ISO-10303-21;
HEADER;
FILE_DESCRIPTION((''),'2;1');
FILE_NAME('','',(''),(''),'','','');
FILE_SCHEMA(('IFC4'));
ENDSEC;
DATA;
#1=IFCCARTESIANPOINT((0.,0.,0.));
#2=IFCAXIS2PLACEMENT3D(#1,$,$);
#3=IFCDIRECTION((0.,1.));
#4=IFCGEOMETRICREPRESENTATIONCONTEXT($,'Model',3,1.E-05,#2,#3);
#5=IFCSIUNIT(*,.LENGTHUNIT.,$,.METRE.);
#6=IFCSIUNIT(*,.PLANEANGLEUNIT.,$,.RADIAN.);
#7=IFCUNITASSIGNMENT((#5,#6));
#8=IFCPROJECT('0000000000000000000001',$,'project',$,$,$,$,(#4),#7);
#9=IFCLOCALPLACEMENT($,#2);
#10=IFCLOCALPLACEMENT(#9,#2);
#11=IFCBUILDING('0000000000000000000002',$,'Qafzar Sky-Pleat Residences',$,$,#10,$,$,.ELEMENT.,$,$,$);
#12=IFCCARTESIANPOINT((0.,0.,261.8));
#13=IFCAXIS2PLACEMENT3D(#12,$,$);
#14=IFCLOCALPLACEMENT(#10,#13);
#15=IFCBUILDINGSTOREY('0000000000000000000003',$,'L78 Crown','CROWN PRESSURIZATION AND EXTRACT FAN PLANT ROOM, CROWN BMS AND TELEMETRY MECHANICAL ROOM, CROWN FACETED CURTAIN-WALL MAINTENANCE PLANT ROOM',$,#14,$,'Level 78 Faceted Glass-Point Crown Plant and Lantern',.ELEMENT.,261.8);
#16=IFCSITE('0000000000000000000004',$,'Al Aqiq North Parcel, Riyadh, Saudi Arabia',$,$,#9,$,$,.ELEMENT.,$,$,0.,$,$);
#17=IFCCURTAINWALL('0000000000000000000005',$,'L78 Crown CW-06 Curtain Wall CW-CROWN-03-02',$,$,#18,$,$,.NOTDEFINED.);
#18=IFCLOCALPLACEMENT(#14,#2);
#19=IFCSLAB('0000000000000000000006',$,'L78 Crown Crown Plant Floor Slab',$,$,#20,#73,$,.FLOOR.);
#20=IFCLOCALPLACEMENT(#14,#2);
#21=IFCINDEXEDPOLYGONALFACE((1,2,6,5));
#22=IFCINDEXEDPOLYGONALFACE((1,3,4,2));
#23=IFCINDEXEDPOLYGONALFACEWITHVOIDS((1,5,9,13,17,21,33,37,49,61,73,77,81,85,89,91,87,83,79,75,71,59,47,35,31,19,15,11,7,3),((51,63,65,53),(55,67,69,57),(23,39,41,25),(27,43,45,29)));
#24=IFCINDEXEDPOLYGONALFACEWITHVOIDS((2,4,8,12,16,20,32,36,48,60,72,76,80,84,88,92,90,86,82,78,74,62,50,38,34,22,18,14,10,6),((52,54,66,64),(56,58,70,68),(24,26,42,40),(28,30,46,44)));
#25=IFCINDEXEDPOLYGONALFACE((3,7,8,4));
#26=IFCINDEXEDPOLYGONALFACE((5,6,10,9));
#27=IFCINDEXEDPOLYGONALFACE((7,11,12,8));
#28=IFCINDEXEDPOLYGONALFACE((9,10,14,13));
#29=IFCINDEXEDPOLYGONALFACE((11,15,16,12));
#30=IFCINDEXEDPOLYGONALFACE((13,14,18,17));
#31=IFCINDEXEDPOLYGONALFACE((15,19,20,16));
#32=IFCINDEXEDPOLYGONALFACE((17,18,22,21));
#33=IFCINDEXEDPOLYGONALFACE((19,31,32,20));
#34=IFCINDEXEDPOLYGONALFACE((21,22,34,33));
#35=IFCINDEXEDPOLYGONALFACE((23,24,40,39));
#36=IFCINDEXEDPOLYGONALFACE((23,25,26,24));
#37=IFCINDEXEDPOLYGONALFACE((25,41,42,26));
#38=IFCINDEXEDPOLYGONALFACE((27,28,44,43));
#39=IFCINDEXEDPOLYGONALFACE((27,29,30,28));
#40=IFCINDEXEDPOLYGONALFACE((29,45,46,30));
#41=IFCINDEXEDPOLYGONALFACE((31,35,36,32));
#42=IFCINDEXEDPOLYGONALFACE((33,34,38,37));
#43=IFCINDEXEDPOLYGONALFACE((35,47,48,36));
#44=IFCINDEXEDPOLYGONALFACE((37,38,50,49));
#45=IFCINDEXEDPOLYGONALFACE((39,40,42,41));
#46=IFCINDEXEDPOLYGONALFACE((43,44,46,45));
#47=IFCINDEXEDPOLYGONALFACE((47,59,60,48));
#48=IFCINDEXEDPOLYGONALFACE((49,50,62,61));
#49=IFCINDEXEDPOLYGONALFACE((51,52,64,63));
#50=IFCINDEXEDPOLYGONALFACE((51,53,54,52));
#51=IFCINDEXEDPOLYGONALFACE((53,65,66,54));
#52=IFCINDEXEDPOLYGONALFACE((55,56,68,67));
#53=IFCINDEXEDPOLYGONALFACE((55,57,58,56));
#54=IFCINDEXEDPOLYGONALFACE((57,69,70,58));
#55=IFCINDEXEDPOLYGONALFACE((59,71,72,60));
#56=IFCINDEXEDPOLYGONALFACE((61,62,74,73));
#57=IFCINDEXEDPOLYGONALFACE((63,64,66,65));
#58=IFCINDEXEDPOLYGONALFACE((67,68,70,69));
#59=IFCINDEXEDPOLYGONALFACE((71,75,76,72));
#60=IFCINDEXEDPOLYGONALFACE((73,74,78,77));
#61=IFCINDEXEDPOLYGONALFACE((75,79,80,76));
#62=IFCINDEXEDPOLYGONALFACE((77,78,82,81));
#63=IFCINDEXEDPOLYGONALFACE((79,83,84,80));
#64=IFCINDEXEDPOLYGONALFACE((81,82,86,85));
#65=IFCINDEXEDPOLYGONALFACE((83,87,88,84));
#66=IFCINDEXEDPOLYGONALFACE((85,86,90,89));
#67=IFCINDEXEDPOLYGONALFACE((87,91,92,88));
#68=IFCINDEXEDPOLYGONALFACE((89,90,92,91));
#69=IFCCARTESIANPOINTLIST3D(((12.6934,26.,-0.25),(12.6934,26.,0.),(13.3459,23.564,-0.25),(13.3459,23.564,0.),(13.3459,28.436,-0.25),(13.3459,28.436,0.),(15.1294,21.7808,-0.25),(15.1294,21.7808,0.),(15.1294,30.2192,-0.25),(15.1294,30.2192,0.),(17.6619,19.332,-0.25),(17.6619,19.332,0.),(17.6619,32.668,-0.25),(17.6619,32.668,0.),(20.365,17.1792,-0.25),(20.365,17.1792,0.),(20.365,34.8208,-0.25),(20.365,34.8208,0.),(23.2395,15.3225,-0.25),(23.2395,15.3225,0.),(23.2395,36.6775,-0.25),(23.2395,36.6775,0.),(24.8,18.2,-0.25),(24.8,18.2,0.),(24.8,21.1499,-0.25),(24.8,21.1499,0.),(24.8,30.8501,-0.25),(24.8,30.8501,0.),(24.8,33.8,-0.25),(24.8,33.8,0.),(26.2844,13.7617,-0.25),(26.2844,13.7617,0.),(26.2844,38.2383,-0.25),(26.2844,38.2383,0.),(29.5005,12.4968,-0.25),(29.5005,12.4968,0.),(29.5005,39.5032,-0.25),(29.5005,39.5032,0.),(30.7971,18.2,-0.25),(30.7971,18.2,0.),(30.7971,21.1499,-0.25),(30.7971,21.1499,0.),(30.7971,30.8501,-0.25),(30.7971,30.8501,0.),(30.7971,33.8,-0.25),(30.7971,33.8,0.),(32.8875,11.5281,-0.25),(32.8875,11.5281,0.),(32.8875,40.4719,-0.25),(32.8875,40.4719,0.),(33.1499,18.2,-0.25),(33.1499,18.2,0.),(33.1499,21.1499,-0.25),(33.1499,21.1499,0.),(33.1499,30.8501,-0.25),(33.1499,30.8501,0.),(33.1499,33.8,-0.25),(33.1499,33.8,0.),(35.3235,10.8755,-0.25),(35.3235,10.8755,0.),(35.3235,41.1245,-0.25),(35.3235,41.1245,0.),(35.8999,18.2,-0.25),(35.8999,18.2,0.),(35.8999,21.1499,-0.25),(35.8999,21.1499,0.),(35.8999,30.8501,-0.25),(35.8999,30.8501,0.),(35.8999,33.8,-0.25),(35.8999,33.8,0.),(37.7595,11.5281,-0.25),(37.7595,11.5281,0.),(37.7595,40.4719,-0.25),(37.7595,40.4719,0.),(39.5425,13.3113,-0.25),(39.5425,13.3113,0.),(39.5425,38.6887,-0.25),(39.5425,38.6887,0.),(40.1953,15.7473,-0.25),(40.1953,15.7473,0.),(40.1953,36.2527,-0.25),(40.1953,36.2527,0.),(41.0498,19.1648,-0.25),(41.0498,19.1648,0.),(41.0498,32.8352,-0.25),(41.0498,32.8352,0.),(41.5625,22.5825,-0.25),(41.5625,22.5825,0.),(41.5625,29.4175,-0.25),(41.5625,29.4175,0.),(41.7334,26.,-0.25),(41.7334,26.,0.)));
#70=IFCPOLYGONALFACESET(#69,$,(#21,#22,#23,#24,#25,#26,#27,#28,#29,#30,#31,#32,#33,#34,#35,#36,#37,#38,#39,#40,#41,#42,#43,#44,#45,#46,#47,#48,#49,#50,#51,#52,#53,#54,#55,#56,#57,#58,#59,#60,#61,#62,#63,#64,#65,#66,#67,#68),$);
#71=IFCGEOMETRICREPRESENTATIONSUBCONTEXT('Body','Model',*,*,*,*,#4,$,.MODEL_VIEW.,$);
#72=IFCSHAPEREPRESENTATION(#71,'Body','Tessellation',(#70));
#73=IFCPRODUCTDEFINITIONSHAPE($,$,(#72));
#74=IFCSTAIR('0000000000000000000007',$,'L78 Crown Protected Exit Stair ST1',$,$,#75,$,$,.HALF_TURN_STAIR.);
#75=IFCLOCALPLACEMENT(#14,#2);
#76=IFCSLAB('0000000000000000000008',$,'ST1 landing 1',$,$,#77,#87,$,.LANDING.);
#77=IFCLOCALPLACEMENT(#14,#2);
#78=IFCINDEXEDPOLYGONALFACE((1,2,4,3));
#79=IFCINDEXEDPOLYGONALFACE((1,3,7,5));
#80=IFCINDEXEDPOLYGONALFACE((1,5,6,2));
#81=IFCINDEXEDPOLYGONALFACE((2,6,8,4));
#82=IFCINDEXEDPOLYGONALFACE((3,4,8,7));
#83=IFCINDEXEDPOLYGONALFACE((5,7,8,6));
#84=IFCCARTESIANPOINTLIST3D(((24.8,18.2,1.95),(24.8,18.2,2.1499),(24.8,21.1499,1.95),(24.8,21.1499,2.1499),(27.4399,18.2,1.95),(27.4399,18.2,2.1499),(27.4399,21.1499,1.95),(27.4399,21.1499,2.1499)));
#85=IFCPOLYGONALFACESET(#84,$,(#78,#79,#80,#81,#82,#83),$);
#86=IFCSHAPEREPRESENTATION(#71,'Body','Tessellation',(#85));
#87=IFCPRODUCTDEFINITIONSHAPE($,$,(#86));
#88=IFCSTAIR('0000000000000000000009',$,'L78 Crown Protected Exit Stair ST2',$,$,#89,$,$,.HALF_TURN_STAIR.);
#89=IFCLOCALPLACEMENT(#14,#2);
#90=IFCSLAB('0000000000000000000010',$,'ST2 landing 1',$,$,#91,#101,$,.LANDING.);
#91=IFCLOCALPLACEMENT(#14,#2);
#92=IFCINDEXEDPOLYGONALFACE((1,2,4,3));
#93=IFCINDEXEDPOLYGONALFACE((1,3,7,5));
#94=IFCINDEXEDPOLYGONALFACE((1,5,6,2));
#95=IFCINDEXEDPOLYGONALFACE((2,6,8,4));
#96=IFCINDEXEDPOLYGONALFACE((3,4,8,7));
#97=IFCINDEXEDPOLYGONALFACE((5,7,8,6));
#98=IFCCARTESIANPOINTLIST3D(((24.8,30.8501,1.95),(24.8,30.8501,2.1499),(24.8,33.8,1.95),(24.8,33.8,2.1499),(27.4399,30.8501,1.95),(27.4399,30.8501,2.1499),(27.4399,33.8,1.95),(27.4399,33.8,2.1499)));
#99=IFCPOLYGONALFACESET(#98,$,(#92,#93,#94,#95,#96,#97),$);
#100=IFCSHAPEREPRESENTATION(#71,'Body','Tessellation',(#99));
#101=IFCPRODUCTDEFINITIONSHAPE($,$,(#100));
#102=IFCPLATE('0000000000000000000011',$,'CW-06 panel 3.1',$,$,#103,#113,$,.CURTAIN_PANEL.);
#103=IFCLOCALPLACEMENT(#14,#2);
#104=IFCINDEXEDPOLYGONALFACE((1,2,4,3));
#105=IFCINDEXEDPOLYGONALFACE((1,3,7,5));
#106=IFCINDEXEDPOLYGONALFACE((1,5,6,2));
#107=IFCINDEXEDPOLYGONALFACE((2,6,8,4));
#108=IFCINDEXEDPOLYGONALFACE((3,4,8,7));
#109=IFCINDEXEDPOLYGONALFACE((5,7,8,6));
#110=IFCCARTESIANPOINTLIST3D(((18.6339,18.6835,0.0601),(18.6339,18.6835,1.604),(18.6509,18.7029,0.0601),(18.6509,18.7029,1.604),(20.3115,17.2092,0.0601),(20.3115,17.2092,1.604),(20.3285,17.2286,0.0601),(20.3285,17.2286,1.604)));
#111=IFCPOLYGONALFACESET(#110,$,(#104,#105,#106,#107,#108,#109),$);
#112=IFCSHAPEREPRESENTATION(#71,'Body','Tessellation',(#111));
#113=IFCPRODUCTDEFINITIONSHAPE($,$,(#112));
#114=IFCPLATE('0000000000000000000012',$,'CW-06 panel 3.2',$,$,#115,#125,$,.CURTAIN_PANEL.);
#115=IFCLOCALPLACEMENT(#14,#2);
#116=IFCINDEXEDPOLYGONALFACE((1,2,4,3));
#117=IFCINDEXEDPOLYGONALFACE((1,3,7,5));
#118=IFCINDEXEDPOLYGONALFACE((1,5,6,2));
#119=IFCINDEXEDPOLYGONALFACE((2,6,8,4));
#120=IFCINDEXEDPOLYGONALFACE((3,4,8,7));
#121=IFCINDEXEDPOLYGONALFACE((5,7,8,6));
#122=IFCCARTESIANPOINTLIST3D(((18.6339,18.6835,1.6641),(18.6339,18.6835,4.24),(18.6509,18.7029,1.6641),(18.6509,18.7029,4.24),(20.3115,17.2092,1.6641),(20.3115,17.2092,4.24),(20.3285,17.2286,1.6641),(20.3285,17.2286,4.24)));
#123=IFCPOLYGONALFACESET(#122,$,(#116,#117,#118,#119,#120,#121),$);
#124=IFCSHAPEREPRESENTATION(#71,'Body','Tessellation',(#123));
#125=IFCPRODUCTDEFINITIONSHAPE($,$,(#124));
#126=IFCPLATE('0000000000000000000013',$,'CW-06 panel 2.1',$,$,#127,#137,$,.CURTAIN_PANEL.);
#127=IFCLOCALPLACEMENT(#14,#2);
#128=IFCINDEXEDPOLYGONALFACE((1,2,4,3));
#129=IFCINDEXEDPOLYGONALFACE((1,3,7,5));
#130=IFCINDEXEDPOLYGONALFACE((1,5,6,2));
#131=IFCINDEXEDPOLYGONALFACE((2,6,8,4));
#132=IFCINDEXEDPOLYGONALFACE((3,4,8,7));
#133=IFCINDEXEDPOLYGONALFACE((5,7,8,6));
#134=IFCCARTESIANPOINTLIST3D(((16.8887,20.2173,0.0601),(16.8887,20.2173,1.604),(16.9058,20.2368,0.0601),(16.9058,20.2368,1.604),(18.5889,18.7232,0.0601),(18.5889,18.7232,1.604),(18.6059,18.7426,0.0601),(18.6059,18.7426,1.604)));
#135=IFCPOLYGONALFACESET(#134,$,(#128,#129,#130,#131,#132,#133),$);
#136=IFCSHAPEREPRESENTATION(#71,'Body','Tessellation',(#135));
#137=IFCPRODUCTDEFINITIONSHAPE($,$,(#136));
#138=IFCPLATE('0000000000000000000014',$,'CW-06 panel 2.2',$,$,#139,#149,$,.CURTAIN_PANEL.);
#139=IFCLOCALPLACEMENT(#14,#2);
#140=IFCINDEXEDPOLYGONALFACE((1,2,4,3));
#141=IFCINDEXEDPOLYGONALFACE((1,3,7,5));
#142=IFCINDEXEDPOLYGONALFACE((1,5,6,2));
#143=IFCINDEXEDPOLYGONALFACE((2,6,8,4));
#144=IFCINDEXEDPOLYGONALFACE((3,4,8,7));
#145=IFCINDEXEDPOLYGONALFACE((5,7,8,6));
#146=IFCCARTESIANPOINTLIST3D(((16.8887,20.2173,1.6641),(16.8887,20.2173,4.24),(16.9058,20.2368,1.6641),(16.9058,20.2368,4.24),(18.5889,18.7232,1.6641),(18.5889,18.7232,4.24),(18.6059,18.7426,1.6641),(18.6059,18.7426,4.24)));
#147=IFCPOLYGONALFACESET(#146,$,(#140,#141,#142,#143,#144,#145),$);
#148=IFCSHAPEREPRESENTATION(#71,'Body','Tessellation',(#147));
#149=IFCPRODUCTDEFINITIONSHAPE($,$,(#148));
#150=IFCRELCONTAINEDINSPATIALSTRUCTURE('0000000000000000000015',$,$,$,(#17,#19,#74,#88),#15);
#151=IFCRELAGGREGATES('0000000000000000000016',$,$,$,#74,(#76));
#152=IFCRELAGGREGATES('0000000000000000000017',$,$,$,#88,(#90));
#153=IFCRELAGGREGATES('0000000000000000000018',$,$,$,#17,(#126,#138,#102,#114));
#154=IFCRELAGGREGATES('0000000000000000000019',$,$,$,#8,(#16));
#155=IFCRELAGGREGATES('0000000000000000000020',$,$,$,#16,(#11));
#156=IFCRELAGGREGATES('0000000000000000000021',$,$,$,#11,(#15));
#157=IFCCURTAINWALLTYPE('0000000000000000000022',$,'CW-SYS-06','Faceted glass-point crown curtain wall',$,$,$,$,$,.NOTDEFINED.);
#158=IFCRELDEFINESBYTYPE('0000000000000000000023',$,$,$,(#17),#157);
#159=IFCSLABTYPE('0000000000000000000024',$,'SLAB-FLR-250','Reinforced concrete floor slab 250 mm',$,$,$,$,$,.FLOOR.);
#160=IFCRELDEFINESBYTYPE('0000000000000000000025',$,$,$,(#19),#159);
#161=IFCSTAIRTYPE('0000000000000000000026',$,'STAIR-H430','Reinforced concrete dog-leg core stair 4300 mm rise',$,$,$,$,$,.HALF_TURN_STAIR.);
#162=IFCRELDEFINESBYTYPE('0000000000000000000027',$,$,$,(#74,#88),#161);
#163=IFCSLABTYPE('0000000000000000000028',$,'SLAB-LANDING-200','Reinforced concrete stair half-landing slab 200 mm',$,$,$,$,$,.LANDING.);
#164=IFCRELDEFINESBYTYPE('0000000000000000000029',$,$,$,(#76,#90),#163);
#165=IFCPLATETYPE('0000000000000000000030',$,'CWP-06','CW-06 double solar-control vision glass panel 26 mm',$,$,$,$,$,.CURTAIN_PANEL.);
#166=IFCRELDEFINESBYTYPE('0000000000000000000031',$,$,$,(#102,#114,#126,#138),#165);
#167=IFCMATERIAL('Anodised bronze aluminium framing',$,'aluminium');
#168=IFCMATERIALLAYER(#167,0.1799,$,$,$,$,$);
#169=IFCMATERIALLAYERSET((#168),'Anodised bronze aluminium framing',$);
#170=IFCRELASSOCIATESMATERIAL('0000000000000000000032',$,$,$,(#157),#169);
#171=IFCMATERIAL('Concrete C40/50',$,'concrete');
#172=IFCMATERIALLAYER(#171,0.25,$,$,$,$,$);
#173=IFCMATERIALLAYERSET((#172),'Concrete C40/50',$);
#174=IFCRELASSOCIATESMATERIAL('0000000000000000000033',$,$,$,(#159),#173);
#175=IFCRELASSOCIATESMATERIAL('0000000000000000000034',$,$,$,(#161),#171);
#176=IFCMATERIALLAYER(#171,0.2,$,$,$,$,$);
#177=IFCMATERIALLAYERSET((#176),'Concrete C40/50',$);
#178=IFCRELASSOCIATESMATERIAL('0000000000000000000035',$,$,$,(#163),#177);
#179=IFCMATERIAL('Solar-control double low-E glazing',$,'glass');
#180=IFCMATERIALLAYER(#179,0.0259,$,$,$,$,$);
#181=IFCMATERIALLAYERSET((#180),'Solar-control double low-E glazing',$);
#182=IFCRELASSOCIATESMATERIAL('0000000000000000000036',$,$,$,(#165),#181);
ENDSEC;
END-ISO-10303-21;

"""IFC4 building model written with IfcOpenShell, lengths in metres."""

from ifc_helpers import new_model, si_unit, direction, frame, origin, origin_2d, place, context, subcontext, project, spatial, polyline, rectangle, outline, extrude, source, transform, mapped, material, layer, layer_set, type_object, element, aggregate, save


model = new_model("IFC4")

# Units and contexts
model_context = context("Model", 3, precision=1e-05, world=origin(), true_north=direction((0.0, 1.0)))
body_context = subcontext(model_context, "Body", "Model", "MODEL_VIEW")
ifc_project = project(units=[si_unit("LENGTHUNIT", "METRE"), si_unit("PLANEANGLEUNIT", "RADIAN")], contexts=[model_context])

# Site, building, storey
site_placement = place(None, origin())
site = spatial("IfcSite", under=ifc_project, at=site_placement, Name="Al Aqiq North Parcel, Riyadh, Saudi Arabia", CompositionType="ELEMENT", RefElevation=0.0)
building_placement = place(site_placement, origin())
building = spatial("IfcBuilding", under=site, at=building_placement, Name="Qafzar Sky-Pleat Residences", CompositionType="ELEMENT")
storey_placement = place(building_placement, frame((0.0, 0.0, 261.8)))
storey = spatial("IfcBuildingStorey", under=building, at=storey_placement, Name="L78 Crown", Description="CROWN PRESSURIZATION AND EXTRACT FAN PLANT ROOM, CROWN BMS AND TELEMETRY MECHANICAL ROOM, CROWN FACETED CURTAIN-WALL MAINTENANCE PLANT ROOM", LongName="Level 78 Faceted Glass-Point Crown Plant and Lantern", CompositionType="ELEMENT", Elevation=261.8)

# Curtain wall
ifc_material_1 = material(Name="Anodised bronze aluminium framing", Category="aluminium")
ifc_layer_1 = layer(ifc_material_1, 0.1799)
ifc_layer_set_1 = layer_set([ifc_layer_1], Name="Anodised bronze aluminium framing")
curtain_wall_type = type_object("IfcCurtainWallType", Name="CW-SYS-06", Description="Faceted glass-point crown curtain wall", PredefinedType="NOTDEFINED", material=ifc_layer_set_1)
curtain_wall_1_placement = place(storey_placement, origin())
curtain_wall_1 = element("IfcCurtainWall", 1, at=curtain_wall_1_placement, inside=storey, type_object=curtain_wall_type, Name="L78 Crown CW-06 Curtain Wall CW-CROWN-03-02", PredefinedType="NOTDEFINED")

# Slab
ifc_material_2 = material(Name="Concrete C40/50", Category="concrete")
ifc_layer_2 = layer(ifc_material_2, 0.25)
ifc_layer_set_2 = layer_set([ifc_layer_2], Name="Concrete C40/50")
slab_type_1 = type_object("IfcSlabType", Name="SLAB-FLR-250", Description="Reinforced concrete floor slab 250 mm", PredefinedType="FLOOR", material=ifc_layer_set_2)
slab_1_placement = place(storey_placement, frame((0.0, 0.0, -0.25)))
element("IfcSlab", 2, at=slab_1_placement, inside=storey, type_object=slab_type_1, Name="L78 Crown Crown Plant Floor Slab", PredefinedType="FLOOR", context=body_context, shape_type="SweptSolid", body=[
    extrude(outline(polyline([(15.1294, 30.2192), (13.3459, 28.436), (12.6934, 26.0), (13.3459, 23.564), (15.1294, 21.7808), (17.6619, 19.332), (20.365, 17.1792), (23.2395, 15.3225), (26.2844, 13.7617), (29.5005, 12.4968), (32.8875, 11.5281), (35.3235, 10.8755), (37.7595, 11.5281), (39.5425, 13.3113), (40.1953, 15.7473), (41.0498, 19.1648), (41.5625, 22.5825), (41.7334, 26.0), (41.5625, 29.4175), (41.0498, 32.8352), (40.1953, 36.2527), (39.5425, 38.6887), (37.7595, 40.4719), (35.3235, 41.1245), (32.8875, 40.4719), (29.5005, 39.5032), (26.2844, 38.2383), (23.2395, 36.6775), (20.365, 34.8208), (17.6619, 32.668), (15.1294, 30.2192)]), holes=[polyline([(30.7971, 21.1499), (24.8, 21.1499), (24.8, 18.2), (30.7971, 18.2), (30.7971, 21.1499)]), polyline([(30.7971, 33.8), (24.8, 33.8), (24.8, 30.8501), (30.7971, 30.8501), (30.7971, 33.8)]), polyline([(33.1499, 18.2), (35.8999, 18.2), (35.8999, 21.1499), (33.1499, 21.1499), (33.1499, 18.2)]), polyline([(33.1499, 30.8501), (35.8999, 30.8501), (35.8999, 33.8), (33.1499, 33.8), (33.1499, 30.8501)])]), origin(), (0.0, 0.0, 1.0), 0.25),
])

# Stairs, slabs
stair_type = type_object("IfcStairType", Name="STAIR-H430", Description="Reinforced concrete dog-leg core stair 4300 mm rise", PredefinedType="HALF_TURN_STAIR", material=ifc_material_2)
stair_1_placement = place(storey_placement, origin())
stair_1 = element("IfcStair", 3, at=stair_1_placement, inside=storey, type_object=stair_type, Name="L78 Crown Protected Exit Stair ST1", PredefinedType="HALF_TURN_STAIR")
ifc_layer_3 = layer(ifc_material_2, 0.2)
ifc_layer_set_3 = layer_set([ifc_layer_3], Name="Concrete C40/50")
slab_type_2 = type_object("IfcSlabType", Name="SLAB-LANDING-200", Description="Reinforced concrete stair half-landing slab 200 mm", PredefinedType="LANDING", material=ifc_layer_set_3)
slab_2_placement = place(storey_placement, frame((0.0, 0.0, 1.95)))
slab_2 = element("IfcSlab", 4, at=slab_2_placement, type_object=slab_type_2, Name="ST1 landing 1", PredefinedType="LANDING", context=body_context, shape_type="SweptSolid", body=[
    extrude(outline(polyline([(27.4399, 21.1499), (24.8, 21.1499), (24.8, 18.2), (27.4399, 18.2), (27.4399, 21.1499)])), origin(), (0.0, 0.0, 1.0), 0.2),
])
aggregate(stair_1, [slab_2])
stair_2_placement = place(storey_placement, origin())
stair_2 = element("IfcStair", 5, at=stair_2_placement, inside=storey, type_object=stair_type, Name="L78 Crown Protected Exit Stair ST2", PredefinedType="HALF_TURN_STAIR")
slab_3_placement = place(storey_placement, frame((0.0, 0.0, 1.95)))
slab_3 = element("IfcSlab", 6, at=slab_3_placement, type_object=slab_type_2, Name="ST2 landing 1", PredefinedType="LANDING", context=body_context, shape_type="SweptSolid", body=[
    extrude(outline(polyline([(27.4399, 33.8), (24.8, 33.8), (24.8, 30.8501), (27.4399, 30.8501), (27.4399, 33.8)])), origin(), (0.0, 0.0, 1.0), 0.2),
])
aggregate(stair_2, [slab_3])

# Plates
ifc_material_3 = material(Name="Solar-control double low-E glazing", Category="glass")
ifc_layer_4 = layer(ifc_material_3, 0.0259)
ifc_layer_set_4 = layer_set([ifc_layer_4], Name="Solar-control double low-E glazing")
plate_type = type_object("IfcPlateType", Name="CWP-06", Description="CW-06 double solar-control vision glass panel 26 mm", PredefinedType="CURTAIN_PANEL", material=ifc_layer_set_4)
shared_shape_1 = source(origin(), body_context, "Body", "SweptSolid", [
    extrude(rectangle(XDim=2.2334, YDim=0.0259, at=origin_2d()), origin(), (0.0, 0.0, 1.0), 1.5439),
])
plate_1_placement = place(storey_placement, frame((19.4812, 17.9561, 0.0601), z_axis=(0.0, 0.0, 1.0), x_axis=(0.751148, -0.660134, 0.0)))
plate_1 = element("IfcPlate", 7, at=plate_1_placement, type_object=plate_type, Name="CW-06 panel 3.1", PredefinedType="CURTAIN_PANEL", context=body_context, shape_type="MappedRepresentation", body=[
    mapped(shared_shape_1, transform((0.0, 0.0, 0.0), x_axis=(1.0, 0.0, 0.0), y_axis=(0.0, 1.0, 0.0), z_axis=(0.0, 0.0, 1.0), scale=1.0)),
])
shared_shape_2 = source(origin(), body_context, "Body", "SweptSolid", [
    extrude(rectangle(XDim=2.2334, YDim=0.0259, at=origin_2d()), origin(), (0.0, 0.0, 1.0), 2.5759),
])
plate_2_placement = place(storey_placement, frame((19.4812, 17.9561, 1.6641), z_axis=(0.0, 0.0, 1.0), x_axis=(0.751148, -0.660134, 0.0)))
plate_2 = element("IfcPlate", 8, at=plate_2_placement, type_object=plate_type, Name="CW-06 panel 3.2", PredefinedType="CURTAIN_PANEL", context=body_context, shape_type="MappedRepresentation", body=[
    mapped(shared_shape_2, transform((0.0, 0.0, 0.0), x_axis=(1.0, 0.0, 0.0), y_axis=(0.0, 1.0, 0.0), z_axis=(0.0, 0.0, 1.0), scale=1.0)),
])
shared_shape_3 = source(origin(), body_context, "Body", "SweptSolid", [
    extrude(rectangle(XDim=2.2634, YDim=0.0259, at=origin_2d()), origin(), (0.0, 0.0, 1.0), 1.5439),
])
plate_3_placement = place(storey_placement, frame((17.7473, 19.48, 0.0601), z_axis=(0.0, 0.0, 1.0), x_axis=(0.751148, -0.660134, 0.0)))
plate_3 = element("IfcPlate", 9, at=plate_3_placement, type_object=plate_type, Name="CW-06 panel 2.1", PredefinedType="CURTAIN_PANEL", context=body_context, shape_type="MappedRepresentation", body=[
    mapped(shared_shape_3, transform((0.0, 0.0, 0.0), x_axis=(1.0, 0.0, 0.0), y_axis=(0.0, 1.0, 0.0), z_axis=(0.0, 0.0, 1.0), scale=1.0)),
])
shared_shape_4 = source(origin(), body_context, "Body", "SweptSolid", [
    extrude(rectangle(XDim=2.2634, YDim=0.0259, at=origin_2d()), origin(), (0.0, 0.0, 1.0), 2.5759),
])
plate_4_placement = place(storey_placement, frame((17.7473, 19.48, 1.6641), z_axis=(0.0, 0.0, 1.0), x_axis=(0.751148, -0.660134, 0.0)))
plate_4 = element("IfcPlate", 10, at=plate_4_placement, type_object=plate_type, Name="CW-06 panel 2.2", PredefinedType="CURTAIN_PANEL", context=body_context, shape_type="MappedRepresentation", body=[
    mapped(shared_shape_4, transform((0.0, 0.0, 0.0), x_axis=(1.0, 0.0, 0.0), y_axis=(0.0, 1.0, 0.0), z_axis=(0.0, 0.0, 1.0), scale=1.0)),
])
aggregate(curtain_wall_1, [plate_3, plate_4, plate_1, plate_2])

save(model, "model.ifc")
